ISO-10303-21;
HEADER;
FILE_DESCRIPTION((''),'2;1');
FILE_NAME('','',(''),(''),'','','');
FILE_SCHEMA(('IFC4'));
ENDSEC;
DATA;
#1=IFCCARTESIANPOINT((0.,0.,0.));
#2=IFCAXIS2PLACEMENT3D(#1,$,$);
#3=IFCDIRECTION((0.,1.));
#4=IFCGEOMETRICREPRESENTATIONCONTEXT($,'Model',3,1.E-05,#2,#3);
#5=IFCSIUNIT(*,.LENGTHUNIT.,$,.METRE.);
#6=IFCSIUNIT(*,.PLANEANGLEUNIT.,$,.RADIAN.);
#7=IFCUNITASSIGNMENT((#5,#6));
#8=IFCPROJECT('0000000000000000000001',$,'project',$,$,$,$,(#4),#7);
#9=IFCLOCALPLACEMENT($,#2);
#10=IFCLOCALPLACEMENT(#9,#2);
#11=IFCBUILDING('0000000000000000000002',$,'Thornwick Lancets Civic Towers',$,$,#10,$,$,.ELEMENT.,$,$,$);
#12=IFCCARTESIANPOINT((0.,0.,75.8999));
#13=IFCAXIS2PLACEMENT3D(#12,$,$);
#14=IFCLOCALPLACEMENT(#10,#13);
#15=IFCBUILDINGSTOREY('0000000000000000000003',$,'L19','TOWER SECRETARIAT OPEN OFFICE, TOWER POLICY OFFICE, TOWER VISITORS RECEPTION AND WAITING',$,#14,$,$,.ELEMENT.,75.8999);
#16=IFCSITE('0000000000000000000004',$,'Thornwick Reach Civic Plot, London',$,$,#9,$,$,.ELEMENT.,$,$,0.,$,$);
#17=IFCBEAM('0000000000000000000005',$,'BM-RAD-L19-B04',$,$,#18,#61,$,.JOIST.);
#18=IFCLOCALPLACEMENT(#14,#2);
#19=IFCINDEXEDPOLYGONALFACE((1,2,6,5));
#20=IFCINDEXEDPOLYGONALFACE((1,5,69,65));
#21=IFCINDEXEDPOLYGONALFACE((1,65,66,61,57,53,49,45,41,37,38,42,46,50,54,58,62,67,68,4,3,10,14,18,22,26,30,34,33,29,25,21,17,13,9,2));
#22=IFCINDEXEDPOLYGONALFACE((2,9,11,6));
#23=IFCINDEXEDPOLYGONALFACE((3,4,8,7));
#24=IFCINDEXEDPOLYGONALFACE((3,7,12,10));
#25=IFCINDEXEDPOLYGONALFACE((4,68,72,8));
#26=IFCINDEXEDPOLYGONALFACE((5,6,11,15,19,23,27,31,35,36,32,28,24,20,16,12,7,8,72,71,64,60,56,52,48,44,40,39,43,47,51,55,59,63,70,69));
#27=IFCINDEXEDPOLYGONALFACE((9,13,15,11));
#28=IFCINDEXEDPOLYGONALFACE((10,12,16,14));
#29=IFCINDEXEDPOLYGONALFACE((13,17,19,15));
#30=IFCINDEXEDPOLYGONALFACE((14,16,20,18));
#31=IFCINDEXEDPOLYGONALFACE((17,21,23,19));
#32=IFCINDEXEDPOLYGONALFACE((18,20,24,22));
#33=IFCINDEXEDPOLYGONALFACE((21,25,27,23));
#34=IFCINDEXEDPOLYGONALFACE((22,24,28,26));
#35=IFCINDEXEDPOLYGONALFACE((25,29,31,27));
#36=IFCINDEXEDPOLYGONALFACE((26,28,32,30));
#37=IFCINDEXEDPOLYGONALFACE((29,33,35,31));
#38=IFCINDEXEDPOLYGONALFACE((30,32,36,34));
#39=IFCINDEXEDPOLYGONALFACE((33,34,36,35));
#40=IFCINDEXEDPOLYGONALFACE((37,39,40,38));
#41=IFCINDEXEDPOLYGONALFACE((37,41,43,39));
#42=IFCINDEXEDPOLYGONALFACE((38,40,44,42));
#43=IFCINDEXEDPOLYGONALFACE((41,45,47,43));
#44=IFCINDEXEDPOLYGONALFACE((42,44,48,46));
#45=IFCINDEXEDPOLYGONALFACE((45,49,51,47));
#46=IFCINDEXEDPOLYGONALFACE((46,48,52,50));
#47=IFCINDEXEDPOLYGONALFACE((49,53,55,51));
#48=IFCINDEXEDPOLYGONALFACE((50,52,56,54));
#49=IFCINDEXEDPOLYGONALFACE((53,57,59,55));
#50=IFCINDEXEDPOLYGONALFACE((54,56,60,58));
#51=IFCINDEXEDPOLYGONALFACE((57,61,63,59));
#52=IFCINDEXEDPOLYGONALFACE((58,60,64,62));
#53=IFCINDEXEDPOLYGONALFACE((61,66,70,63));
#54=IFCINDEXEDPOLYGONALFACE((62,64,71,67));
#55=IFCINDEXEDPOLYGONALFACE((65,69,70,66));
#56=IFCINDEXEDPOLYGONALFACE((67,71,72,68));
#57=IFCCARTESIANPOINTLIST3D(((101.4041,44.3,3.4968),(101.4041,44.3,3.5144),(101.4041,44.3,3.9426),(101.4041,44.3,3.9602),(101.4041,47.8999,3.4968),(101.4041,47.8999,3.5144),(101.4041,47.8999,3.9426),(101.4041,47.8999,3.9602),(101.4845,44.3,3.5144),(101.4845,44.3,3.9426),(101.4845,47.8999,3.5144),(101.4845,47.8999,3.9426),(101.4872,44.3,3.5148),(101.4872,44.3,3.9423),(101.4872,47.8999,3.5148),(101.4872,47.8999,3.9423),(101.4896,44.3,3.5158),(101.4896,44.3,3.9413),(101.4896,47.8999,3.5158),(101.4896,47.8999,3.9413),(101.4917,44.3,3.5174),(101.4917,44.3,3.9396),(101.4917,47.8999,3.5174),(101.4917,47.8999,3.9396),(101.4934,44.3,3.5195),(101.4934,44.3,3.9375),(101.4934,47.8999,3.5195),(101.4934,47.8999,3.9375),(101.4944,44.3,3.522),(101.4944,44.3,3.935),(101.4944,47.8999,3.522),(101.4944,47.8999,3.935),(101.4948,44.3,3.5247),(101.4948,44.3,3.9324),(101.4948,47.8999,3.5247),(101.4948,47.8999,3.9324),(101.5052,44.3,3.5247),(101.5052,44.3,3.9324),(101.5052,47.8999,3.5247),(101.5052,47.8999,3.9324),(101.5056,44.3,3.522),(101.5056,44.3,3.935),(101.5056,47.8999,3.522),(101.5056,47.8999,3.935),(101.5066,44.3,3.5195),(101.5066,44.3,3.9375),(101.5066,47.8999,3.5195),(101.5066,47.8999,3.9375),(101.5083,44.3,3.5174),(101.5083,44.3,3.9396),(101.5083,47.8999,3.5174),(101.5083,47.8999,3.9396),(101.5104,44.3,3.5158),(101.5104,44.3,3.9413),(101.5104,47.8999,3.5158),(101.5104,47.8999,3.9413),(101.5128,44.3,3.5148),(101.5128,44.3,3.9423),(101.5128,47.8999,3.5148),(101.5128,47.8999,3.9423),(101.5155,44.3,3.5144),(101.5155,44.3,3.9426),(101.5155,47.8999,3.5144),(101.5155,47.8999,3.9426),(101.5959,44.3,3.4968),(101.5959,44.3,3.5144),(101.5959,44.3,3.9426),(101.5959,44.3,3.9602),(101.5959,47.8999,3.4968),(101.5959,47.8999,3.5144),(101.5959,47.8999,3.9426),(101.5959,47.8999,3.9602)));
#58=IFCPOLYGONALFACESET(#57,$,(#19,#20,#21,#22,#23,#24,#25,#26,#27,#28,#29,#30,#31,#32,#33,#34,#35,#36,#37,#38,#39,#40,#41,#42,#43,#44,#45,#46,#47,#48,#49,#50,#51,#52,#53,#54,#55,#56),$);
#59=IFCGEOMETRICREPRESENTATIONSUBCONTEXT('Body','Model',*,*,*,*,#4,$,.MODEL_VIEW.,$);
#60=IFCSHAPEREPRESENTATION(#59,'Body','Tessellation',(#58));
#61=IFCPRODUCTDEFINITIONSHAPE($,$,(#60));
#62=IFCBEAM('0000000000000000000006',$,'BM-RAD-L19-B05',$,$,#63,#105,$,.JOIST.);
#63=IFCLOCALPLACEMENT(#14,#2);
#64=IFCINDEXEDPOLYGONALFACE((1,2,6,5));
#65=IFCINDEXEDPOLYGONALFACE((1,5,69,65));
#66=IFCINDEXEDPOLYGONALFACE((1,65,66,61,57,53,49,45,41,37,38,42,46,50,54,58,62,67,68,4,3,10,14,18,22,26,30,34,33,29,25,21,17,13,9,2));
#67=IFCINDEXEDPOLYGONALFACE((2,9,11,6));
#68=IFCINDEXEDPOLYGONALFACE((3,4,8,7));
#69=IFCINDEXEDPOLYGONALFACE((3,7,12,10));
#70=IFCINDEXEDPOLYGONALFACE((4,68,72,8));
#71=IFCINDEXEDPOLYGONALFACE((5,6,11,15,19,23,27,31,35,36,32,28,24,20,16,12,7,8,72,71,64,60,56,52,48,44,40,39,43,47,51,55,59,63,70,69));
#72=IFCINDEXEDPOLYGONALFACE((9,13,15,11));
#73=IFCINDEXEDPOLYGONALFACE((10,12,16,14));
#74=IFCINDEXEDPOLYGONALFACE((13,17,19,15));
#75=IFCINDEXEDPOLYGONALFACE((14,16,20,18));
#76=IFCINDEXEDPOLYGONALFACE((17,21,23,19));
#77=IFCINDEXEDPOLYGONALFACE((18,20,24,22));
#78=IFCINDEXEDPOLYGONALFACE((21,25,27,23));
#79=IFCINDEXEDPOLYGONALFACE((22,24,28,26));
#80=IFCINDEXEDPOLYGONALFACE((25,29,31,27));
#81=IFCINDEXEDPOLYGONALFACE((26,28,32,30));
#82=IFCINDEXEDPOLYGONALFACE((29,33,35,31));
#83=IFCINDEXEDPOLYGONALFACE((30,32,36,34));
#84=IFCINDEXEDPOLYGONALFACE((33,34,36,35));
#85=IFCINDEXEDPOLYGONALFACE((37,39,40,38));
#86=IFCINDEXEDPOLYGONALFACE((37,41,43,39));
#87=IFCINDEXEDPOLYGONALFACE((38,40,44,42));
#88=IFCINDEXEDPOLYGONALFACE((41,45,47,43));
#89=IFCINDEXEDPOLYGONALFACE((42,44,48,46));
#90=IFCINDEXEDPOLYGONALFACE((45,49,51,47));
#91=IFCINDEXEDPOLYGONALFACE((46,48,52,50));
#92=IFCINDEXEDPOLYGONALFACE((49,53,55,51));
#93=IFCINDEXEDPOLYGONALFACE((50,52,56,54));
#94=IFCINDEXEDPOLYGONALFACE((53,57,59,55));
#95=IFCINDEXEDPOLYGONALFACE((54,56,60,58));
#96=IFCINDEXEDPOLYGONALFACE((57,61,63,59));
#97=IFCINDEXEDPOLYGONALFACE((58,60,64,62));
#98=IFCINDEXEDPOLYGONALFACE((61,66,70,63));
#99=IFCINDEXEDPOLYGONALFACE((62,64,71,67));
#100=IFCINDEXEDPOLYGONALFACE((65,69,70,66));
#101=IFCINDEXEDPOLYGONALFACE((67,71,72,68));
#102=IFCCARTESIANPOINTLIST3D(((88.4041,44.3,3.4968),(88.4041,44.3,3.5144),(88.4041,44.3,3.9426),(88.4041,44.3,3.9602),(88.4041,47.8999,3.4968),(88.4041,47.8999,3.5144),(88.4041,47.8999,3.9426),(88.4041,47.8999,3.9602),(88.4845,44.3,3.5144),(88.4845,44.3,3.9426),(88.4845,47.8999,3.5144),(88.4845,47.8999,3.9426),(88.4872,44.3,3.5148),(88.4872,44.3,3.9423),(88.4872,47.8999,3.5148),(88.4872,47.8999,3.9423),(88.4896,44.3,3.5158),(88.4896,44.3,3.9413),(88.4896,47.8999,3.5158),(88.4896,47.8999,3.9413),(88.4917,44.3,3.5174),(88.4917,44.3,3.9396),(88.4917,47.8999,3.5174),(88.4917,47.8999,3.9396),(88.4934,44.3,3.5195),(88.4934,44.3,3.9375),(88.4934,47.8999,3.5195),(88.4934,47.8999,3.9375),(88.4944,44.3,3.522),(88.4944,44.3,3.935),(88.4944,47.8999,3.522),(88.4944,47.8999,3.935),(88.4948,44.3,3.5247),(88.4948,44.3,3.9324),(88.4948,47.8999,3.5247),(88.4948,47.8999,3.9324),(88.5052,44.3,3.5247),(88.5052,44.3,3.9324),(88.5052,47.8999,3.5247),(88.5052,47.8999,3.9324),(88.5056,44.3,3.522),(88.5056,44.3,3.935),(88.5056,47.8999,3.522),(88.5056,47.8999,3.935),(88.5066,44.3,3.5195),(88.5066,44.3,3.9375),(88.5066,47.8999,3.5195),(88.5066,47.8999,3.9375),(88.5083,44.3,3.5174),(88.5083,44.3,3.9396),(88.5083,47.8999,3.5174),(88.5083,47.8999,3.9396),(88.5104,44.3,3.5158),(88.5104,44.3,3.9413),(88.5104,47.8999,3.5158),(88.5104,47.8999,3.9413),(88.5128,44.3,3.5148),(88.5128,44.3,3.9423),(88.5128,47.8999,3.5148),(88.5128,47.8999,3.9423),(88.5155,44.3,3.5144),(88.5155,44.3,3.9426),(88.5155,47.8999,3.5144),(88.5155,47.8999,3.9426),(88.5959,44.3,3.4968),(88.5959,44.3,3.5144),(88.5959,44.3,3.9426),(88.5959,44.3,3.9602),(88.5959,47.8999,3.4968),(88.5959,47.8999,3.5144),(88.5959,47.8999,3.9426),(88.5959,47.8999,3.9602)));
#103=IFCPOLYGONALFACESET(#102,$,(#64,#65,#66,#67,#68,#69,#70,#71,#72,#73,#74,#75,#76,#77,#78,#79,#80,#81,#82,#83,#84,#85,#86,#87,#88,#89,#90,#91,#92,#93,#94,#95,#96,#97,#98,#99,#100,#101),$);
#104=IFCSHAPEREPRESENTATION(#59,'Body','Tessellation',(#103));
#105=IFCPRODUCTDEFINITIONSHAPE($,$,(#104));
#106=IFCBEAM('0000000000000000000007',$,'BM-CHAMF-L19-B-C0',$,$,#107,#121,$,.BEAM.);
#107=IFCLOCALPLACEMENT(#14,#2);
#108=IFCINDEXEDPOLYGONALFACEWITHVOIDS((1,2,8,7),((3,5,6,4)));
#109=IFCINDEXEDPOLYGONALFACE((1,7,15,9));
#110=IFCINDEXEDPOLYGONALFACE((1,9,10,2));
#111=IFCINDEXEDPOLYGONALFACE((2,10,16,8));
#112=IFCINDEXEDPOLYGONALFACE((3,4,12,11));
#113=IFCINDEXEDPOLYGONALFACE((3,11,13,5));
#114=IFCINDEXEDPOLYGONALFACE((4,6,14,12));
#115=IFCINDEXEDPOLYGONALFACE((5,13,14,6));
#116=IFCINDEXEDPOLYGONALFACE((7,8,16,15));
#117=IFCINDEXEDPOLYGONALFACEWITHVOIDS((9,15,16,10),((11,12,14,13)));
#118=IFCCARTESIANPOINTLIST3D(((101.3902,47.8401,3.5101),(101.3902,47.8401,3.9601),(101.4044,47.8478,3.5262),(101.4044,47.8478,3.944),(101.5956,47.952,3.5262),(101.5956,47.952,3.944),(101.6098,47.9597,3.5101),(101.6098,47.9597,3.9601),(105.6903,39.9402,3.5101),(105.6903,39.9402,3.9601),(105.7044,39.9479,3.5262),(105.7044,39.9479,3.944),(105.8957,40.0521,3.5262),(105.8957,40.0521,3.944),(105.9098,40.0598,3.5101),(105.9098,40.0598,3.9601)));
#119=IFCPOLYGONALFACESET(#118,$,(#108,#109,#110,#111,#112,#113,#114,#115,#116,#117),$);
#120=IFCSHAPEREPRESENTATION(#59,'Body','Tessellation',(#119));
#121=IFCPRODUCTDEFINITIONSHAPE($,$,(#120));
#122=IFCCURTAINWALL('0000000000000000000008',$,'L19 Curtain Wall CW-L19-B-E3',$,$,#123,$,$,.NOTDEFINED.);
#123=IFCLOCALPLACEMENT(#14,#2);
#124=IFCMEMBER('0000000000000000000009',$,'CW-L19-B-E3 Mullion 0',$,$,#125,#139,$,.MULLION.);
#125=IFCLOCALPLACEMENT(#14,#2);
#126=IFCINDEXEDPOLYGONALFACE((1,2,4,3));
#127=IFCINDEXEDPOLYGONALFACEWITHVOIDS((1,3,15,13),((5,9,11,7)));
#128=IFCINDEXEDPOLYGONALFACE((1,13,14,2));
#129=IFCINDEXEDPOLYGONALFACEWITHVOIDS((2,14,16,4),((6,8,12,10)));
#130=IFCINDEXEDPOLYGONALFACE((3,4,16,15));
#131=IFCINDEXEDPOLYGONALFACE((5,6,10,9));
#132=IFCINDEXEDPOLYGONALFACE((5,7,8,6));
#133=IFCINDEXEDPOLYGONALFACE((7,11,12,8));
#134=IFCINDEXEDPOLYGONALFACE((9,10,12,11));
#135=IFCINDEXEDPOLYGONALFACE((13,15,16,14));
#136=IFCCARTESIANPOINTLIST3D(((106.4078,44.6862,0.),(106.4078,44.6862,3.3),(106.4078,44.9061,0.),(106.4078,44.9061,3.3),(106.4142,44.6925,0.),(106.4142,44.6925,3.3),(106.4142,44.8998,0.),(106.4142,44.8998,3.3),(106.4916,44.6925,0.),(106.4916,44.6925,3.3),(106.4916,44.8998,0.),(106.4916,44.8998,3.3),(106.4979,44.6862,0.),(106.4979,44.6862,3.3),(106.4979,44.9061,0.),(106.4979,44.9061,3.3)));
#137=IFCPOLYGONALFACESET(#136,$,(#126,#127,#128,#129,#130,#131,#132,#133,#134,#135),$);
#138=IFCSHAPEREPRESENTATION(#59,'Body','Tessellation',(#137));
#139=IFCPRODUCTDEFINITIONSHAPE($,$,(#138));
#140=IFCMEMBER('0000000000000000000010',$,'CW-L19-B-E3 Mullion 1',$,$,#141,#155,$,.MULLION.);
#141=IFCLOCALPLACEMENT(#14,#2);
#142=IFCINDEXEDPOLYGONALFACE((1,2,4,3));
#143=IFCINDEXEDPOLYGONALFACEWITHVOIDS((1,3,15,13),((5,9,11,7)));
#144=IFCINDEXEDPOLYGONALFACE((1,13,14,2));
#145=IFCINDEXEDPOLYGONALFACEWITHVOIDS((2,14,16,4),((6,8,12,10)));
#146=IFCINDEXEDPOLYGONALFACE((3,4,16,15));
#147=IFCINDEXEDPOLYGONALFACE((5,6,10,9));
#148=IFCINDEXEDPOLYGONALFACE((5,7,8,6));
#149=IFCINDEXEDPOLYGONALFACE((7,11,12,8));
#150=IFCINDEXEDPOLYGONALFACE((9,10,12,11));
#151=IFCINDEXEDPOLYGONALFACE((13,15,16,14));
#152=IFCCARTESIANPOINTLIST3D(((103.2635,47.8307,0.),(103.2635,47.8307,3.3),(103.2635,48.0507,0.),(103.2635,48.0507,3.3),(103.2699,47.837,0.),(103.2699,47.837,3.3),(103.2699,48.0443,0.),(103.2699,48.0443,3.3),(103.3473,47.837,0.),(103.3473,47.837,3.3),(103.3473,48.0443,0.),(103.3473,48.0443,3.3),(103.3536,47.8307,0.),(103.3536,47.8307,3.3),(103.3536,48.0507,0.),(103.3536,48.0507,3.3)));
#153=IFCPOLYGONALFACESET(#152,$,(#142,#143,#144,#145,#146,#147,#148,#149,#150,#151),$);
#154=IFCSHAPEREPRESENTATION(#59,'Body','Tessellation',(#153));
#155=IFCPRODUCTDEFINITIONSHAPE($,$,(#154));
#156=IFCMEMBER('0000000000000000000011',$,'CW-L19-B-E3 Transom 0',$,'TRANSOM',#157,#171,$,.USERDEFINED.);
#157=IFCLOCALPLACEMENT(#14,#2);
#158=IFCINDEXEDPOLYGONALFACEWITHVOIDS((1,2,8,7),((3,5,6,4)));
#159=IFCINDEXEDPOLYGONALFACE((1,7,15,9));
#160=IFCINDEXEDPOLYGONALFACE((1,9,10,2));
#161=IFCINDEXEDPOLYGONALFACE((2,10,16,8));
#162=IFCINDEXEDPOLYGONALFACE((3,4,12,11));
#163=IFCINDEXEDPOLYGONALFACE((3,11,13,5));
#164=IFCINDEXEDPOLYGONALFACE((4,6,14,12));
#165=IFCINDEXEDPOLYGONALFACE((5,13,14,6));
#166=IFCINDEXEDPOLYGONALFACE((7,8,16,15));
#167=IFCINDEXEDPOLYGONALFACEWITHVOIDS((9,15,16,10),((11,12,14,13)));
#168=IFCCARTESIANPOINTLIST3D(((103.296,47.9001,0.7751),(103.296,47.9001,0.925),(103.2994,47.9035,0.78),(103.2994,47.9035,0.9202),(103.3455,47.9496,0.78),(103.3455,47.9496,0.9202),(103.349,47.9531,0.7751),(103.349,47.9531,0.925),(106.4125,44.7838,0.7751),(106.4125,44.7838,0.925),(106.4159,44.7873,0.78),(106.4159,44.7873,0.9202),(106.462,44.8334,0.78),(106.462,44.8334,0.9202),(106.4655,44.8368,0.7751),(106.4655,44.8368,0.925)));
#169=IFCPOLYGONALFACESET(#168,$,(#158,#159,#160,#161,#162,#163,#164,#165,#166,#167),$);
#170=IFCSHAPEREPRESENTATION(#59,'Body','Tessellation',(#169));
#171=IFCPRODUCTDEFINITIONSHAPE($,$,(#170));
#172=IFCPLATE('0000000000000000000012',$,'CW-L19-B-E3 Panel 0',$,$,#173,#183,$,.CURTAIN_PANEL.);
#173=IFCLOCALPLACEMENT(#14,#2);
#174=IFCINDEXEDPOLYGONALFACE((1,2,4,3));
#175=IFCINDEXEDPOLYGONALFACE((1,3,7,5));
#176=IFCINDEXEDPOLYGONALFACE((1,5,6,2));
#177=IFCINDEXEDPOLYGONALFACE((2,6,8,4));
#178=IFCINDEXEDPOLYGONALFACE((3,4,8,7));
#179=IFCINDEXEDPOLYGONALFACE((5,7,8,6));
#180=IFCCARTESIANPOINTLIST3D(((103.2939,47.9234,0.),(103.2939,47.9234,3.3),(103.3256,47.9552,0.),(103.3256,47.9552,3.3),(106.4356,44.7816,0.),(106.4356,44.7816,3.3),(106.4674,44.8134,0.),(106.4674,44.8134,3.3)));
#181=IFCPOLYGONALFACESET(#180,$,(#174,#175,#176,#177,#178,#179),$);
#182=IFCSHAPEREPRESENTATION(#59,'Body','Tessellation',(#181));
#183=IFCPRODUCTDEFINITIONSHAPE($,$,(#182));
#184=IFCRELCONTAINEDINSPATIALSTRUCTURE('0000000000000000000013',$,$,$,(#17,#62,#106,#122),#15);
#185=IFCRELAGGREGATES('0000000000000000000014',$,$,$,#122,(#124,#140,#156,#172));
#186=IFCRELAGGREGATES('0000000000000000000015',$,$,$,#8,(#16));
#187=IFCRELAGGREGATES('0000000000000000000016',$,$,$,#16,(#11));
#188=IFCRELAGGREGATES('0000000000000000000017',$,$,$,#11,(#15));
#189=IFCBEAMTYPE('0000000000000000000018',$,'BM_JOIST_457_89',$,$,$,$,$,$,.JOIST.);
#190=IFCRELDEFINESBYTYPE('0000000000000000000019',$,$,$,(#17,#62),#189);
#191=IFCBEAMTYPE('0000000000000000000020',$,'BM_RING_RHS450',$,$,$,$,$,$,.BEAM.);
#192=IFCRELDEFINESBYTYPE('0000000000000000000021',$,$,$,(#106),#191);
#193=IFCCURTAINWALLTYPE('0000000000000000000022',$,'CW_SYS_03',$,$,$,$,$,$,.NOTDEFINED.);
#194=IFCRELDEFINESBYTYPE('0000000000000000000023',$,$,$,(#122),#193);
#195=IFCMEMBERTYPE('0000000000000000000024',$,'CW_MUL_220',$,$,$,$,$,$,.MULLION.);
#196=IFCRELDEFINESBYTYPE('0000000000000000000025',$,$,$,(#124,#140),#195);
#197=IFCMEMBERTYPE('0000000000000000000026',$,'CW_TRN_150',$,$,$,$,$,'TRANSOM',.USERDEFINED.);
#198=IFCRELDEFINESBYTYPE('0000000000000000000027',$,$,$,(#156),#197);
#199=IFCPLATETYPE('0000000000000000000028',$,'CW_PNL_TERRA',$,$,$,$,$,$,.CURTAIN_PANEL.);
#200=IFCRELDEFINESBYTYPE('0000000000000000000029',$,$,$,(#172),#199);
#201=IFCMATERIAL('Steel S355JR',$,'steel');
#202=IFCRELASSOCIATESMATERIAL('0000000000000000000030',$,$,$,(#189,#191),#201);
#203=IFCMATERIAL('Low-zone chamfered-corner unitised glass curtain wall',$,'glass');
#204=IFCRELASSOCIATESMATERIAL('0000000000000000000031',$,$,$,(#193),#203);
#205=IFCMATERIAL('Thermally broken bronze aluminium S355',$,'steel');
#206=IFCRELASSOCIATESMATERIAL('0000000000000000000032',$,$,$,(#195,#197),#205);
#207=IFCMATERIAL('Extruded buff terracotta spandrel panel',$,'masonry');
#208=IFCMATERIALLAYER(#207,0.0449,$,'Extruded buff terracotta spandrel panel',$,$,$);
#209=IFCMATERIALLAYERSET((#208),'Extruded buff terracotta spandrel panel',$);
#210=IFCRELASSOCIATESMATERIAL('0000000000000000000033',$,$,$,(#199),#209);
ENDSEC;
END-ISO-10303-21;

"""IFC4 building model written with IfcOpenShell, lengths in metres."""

from ifc_helpers import new_model, si_unit, direction, frame, origin, origin_2d, place, context, subcontext, project, spatial, rectangle, hollow_rectangle, i_section, extrude, material, layer, layer_set, material_profile, profile_set, type_object, element, aggregate, save


model = new_model("IFC4")

# Units and contexts
model_context = context("Model", 3, precision=1e-05, world=origin(), true_north=direction((0.0, 1.0)))
body_context = subcontext(model_context, "Body", "Model", "MODEL_VIEW")
ifc_project = project(units=[si_unit("LENGTHUNIT", "METRE"), si_unit("PLANEANGLEUNIT", "RADIAN")], contexts=[model_context])

# Site, building, storey
site_placement = place(None, origin())
site = spatial("IfcSite", under=ifc_project, at=site_placement, Name="Thornwick Reach Civic Plot, London", CompositionType="ELEMENT", RefElevation=0.0)
building_placement = place(site_placement, origin())
building = spatial("IfcBuilding", under=site, at=building_placement, Name="Thornwick Lancets Civic Towers", CompositionType="ELEMENT")
storey_placement = place(building_placement, frame((0.0, 0.0, 75.8999)))
storey = spatial("IfcBuildingStorey", under=building, at=storey_placement, Name="L19", Description="TOWER SECRETARIAT OPEN OFFICE, TOWER POLICY OFFICE, TOWER VISITORS RECEPTION AND WAITING", CompositionType="ELEMENT", Elevation=75.8999)

# Beams
ifc_material_1 = material(Name="Steel S355JR", Category="steel")
ifc_material_profile_1 = material_profile(ifc_material_1, i_section(OverallWidth=0.1919, OverallDepth=0.4634, WebThickness=0.0105, FlangeThickness=0.0176, FilletRadius=0.0103, at=origin_2d()), Name="UKB 457x191x89")
ifc_profile_set_1 = profile_set([ifc_material_profile_1], Name="Steel S355JR")
beam_type_1 = type_object("IfcBeamType", Name="BM_JOIST_457_89", PredefinedType="JOIST", material=ifc_profile_set_1)
for number, where, z_axis, x_axis, name in (
    (1, (101.5, 44.3, 3.7285), (0.0, 1.0, 0.0), (-1.0, 0.0, 0.0), "BM-RAD-L19-B04"),
    (2, (88.5, 44.3, 3.7285), (0.0, 1.0, 0.0), (-1.0, 0.0, 0.0), "BM-RAD-L19-B05"),
):
    element("IfcBeam", number, at=place(storey_placement, frame(where, z_axis=z_axis, x_axis=x_axis)), inside=storey, type_object=beam_type_1, Name=name, PredefinedType="JOIST", context=body_context, shape_type="SweptSolid", body=[
        extrude(i_section(OverallWidth=0.1919, OverallDepth=0.4634, WebThickness=0.0105, FlangeThickness=0.0176, FilletRadius=0.0103, at=origin_2d()), origin(), (0.0, 0.0, 1.0), 3.5999),
    ])
ifc_material_profile_2 = material_profile(ifc_material_1, hollow_rectangle(XDim=0.25, YDim=0.45, WallThickness=0.0161, at=origin_2d()), Name="RHS 450x250x16")
ifc_profile_set_2 = profile_set([ifc_material_profile_2], Name="Steel S355JR")
beam_type_2 = type_object("IfcBeamType", Name="BM_RING_RHS450", PredefinedType="BEAM", material=ifc_profile_set_2)
beam_1_placement = place(storey_placement, frame((105.8, 40.0, 3.7351), z_axis=(-0.478082, 0.878315, 0.0), x_axis=(-0.878315, -0.478082, 0.0)))
element("IfcBeam", 3, at=beam_1_placement, inside=storey, type_object=beam_type_2, Name="BM-CHAMF-L19-B-C0", PredefinedType="BEAM", context=body_context, shape_type="SweptSolid", body=[
    extrude(hollow_rectangle(XDim=0.25, YDim=0.45, WallThickness=0.0161, at=origin_2d()), origin(), (0.0, 0.0, 1.0), 8.9944),
])

# Curtain wall, members, plate
ifc_material_2 = material(Name="Low-zone chamfered-corner unitised glass curtain wall", Category="glass")
curtain_wall_type = type_object("IfcCurtainWallType", Name="CW_SYS_03", PredefinedType="NOTDEFINED", material=ifc_material_2)
curtain_wall_placement = place(storey_placement, origin())
curtain_wall = element("IfcCurtainWall", 4, at=curtain_wall_placement, inside=storey, type_object=curtain_wall_type, Name="L19 Curtain Wall CW-L19-B-E3", PredefinedType="NOTDEFINED")
ifc_material_3 = material(Name="Thermally broken bronze aluminium S355", Category="steel")
ifc_material_profile_3 = material_profile(ifc_material_3, hollow_rectangle(XDim=0.0901, YDim=0.22, WallThickness=0.0063, at=origin_2d()), Name="RHS 220x90x6.3")
ifc_profile_set_3 = profile_set([ifc_material_profile_3], Name="Thermally broken bronze aluminium S355")
member_type_1 = type_object("IfcMemberType", Name="CW_MUL_220", PredefinedType="MULLION", material=ifc_profile_set_3)
member_1_placement = place(storey_placement, frame((106.4529, 44.7961, 0.0), z_axis=(0.0, 0.0, 1.0), x_axis=(1.0, 0.0, 0.0)))
member_1 = element("IfcMember", 5, at=member_1_placement, type_object=member_type_1, Name="CW-L19-B-E3 Mullion 0", PredefinedType="MULLION", context=body_context, shape_type="SweptSolid", body=[
    extrude(hollow_rectangle(XDim=0.0901, YDim=0.22, WallThickness=0.0063, at=origin_2d()), origin(), (0.0, 0.0, 1.0), 3.3),
])
member_2_placement = place(storey_placement, frame((103.3086, 47.9407, 0.0), z_axis=(0.0, 0.0, 1.0), x_axis=(1.0, 0.0, 0.0)))
member_2 = element("IfcMember", 6, at=member_2_placement, type_object=member_type_1, Name="CW-L19-B-E3 Mullion 1", PredefinedType="MULLION", context=body_context, shape_type="SweptSolid", body=[
    extrude(hollow_rectangle(XDim=0.0901, YDim=0.22, WallThickness=0.0063, at=origin_2d()), origin(), (0.0, 0.0, 1.0), 3.3),
])
ifc_material_profile_4 = material_profile(ifc_material_3, hollow_rectangle(XDim=0.075, YDim=0.1499, WallThickness=0.0049, at=origin_2d()), Name="RHS 150x75x5")
ifc_profile_set_4 = profile_set([ifc_material_profile_4], Name="Thermally broken bronze aluminium S355")
member_type_2 = type_object("IfcMemberType", Name="CW_TRN_150", ElementType="TRANSOM", PredefinedType="USERDEFINED", material=ifc_profile_set_4)
member_3_placement = place(storey_placement, frame((106.439, 44.8103, 0.8501), z_axis=(-0.707134, 0.707079, 0.0), x_axis=(-0.707079, -0.707134, 0.0)))
member_3 = element("IfcMember", 7, at=member_3_placement, type_object=member_type_2, Name="CW-L19-B-E3 Transom 0", ObjectType="TRANSOM", PredefinedType="USERDEFINED", context=body_context, shape_type="SweptSolid", body=[
    extrude(hollow_rectangle(XDim=0.075, YDim=0.1499, WallThickness=0.0049, at=origin_2d()), origin(), (0.0, 0.0, 1.0), 4.4072),
])
ifc_material_4 = material(Name="Extruded buff terracotta spandrel panel", Category="masonry")
ifc_layer_1 = layer(ifc_material_4, 0.0449, Name="Extruded buff terracotta spandrel panel")
ifc_layer_set_1 = layer_set([ifc_layer_1], Name="Extruded buff terracotta spandrel panel")
plate_type = type_object("IfcPlateType", Name="CW_PNL_TERRA", PredefinedType="CURTAIN_PANEL", material=ifc_layer_set_1)
plate_placement = place(storey_placement, frame((104.8806, 46.3684, 0.0), z_axis=(0.0, 0.0, 1.0), x_axis=(-0.707107, 0.707107, 0.0)))
plate = element("IfcPlate", 8, at=plate_placement, type_object=plate_type, Name="CW-L19-B-E3 Panel 0", PredefinedType="CURTAIN_PANEL", context=body_context, shape_type="SweptSolid", body=[
    extrude(rectangle(XDim=4.4431, YDim=0.0449, at=origin_2d()), origin(), (0.0, 0.0, 1.0), 3.3),
])
aggregate(curtain_wall, [member_1, member_2, member_3, plate])

save(model, "model.ifc")
